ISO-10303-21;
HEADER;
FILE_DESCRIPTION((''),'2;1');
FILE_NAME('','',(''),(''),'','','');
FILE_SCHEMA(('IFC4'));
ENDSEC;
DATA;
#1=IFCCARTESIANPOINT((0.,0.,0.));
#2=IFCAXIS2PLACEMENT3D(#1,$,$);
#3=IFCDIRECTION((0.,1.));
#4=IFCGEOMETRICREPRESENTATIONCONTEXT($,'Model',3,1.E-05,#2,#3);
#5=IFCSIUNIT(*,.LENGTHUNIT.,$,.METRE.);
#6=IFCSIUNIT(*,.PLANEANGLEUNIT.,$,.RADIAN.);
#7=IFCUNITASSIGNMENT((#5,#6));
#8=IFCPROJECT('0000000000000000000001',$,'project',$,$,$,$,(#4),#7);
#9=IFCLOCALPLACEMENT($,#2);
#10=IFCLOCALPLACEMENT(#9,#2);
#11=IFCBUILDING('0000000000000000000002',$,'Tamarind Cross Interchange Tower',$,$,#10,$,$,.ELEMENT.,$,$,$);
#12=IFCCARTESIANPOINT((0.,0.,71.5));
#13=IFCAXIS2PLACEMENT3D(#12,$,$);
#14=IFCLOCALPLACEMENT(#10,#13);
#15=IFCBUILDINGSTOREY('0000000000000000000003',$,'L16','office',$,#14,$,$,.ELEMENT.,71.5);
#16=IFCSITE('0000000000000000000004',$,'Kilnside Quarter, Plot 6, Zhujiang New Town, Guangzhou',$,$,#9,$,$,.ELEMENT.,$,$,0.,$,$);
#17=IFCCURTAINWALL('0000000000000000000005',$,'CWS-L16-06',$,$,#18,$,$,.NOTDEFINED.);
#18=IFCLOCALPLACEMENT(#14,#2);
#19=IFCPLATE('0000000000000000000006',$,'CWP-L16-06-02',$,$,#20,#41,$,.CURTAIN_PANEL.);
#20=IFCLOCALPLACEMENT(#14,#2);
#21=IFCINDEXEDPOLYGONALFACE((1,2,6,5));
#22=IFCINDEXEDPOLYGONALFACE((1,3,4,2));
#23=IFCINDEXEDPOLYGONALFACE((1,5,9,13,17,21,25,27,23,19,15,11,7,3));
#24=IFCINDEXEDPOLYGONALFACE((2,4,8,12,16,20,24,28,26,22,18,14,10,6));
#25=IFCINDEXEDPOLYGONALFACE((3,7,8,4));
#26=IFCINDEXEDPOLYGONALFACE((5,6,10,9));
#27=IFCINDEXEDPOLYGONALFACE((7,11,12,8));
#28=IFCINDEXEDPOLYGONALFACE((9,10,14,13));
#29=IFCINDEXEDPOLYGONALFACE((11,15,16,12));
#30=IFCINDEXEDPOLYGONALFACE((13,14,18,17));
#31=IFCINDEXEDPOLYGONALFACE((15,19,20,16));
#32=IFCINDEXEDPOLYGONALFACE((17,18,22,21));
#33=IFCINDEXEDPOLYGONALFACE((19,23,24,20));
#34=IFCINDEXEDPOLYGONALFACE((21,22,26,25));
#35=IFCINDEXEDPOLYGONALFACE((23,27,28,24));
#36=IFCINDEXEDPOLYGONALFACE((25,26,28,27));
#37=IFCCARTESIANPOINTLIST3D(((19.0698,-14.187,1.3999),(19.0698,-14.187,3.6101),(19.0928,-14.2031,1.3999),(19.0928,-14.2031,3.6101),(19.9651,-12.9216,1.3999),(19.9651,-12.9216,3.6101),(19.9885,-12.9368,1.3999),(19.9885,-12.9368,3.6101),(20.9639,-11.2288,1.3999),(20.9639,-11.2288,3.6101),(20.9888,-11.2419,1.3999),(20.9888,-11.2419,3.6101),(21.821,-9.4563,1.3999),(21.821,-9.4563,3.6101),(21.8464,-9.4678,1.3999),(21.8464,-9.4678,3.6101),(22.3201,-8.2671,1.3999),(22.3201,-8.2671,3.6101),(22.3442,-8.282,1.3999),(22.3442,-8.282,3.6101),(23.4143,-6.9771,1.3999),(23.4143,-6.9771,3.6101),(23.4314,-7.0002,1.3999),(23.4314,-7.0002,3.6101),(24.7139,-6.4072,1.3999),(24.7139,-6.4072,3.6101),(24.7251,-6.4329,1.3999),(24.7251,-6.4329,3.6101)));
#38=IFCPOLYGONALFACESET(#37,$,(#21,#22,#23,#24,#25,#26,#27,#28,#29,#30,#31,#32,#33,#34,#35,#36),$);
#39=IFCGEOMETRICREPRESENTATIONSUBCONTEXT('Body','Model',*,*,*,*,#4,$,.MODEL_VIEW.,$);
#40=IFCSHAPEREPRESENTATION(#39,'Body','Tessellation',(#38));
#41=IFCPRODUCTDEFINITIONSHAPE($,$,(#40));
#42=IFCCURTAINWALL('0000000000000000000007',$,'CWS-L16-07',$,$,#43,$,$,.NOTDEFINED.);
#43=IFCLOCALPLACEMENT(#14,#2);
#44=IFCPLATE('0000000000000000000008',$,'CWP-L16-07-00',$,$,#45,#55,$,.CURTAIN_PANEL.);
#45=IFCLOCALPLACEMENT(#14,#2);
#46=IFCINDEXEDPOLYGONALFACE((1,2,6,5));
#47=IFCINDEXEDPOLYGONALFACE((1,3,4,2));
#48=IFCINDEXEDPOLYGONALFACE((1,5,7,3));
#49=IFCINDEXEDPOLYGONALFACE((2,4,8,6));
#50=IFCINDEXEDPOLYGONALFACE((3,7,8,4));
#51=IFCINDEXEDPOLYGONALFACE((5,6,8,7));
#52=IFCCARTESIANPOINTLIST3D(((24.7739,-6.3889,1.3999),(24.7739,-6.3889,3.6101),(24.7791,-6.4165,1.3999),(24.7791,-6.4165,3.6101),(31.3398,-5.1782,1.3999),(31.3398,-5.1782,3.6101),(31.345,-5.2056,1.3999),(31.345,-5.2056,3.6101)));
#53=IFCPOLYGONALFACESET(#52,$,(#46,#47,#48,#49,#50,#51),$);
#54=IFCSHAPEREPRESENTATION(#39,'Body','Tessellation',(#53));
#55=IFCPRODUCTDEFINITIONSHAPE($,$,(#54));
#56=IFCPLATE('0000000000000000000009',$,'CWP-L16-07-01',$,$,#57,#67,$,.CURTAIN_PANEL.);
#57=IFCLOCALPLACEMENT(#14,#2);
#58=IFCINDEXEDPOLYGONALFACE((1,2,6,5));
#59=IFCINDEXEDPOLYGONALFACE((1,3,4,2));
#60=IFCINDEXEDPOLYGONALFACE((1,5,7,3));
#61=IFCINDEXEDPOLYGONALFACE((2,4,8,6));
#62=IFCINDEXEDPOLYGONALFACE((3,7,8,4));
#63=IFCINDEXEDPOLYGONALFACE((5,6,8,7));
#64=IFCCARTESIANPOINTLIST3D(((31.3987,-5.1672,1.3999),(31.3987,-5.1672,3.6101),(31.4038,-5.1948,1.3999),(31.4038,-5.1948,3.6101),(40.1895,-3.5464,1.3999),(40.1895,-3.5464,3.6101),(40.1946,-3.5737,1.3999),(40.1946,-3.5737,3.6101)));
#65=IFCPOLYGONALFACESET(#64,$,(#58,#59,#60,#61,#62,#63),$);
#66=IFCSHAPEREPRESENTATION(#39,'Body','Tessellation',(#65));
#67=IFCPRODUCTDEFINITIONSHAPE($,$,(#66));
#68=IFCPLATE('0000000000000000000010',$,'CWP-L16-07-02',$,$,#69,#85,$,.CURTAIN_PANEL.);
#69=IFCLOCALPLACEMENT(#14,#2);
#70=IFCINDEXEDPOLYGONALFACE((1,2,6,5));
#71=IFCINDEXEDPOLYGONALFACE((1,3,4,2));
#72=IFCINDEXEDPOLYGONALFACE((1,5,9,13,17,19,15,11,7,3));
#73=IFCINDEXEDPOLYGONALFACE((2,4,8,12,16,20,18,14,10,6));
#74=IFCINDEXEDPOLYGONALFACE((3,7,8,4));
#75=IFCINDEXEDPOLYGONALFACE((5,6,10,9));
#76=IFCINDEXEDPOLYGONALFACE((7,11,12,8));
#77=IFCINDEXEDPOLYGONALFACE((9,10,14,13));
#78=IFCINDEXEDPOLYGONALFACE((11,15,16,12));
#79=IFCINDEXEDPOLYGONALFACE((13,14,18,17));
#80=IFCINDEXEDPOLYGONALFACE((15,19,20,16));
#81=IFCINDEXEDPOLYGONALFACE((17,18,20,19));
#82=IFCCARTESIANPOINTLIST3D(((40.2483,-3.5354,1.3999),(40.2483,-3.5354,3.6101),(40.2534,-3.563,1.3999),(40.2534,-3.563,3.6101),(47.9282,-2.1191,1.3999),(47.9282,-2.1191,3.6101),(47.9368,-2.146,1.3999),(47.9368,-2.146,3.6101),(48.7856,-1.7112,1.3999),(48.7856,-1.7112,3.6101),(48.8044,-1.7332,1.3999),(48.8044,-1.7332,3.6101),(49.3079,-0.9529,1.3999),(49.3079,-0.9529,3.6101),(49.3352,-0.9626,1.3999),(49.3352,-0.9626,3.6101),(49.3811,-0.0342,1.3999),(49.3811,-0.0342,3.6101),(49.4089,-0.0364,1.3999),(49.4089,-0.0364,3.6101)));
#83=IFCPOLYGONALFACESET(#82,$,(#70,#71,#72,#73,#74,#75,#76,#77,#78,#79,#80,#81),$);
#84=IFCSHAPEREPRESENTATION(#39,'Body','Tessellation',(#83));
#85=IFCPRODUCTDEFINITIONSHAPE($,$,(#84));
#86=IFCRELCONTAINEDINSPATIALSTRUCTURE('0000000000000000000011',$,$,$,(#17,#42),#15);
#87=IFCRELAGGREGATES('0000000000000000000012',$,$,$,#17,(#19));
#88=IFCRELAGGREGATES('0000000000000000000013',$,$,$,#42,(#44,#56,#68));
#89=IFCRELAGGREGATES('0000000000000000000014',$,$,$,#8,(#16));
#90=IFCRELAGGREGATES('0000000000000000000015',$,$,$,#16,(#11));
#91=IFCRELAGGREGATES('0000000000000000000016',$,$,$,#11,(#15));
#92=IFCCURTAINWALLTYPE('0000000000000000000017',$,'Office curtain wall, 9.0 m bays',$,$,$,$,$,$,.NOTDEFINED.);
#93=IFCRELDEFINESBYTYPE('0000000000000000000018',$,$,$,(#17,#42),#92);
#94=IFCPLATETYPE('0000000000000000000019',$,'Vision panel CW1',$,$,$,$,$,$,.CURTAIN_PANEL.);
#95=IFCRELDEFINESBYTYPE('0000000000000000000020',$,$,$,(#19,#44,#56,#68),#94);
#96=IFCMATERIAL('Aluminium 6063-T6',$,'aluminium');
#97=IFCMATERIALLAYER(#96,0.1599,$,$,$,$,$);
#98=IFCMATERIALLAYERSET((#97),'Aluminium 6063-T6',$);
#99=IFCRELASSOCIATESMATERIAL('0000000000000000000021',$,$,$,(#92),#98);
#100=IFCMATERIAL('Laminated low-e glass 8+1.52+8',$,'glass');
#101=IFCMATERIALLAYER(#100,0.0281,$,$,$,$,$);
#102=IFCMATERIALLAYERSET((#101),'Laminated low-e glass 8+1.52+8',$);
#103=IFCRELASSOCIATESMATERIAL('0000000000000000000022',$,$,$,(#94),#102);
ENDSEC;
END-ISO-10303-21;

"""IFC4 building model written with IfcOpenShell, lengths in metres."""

from ifc_helpers import new_model, si_unit, direction, frame, origin, place, context, subcontext, project, spatial, polyline, outline, extrude, material, layer, layer_set, type_object, element, aggregate, save


model = new_model("IFC4")

# Units and contexts
model_context = context("Model", 3, precision=1e-05, world=origin(), true_north=direction((0.0, 1.0)))
body_context = subcontext(model_context, "Body", "Model", "MODEL_VIEW")
ifc_project = project(units=[si_unit("LENGTHUNIT", "METRE"), si_unit("PLANEANGLEUNIT", "RADIAN")], contexts=[model_context])

# Site, building, storey
site_placement = place(None, origin())
site = spatial("IfcSite", under=ifc_project, at=site_placement, Name="Kilnside Quarter, Plot 6, Zhujiang New Town, Guangzhou", CompositionType="ELEMENT", RefElevation=0.0)
building_placement = place(site_placement, origin())
building = spatial("IfcBuilding", under=site, at=building_placement, Name="Tamarind Cross Interchange Tower", CompositionType="ELEMENT")
storey_placement = place(building_placement, frame((0.0, 0.0, 71.5)))
storey = spatial("IfcBuildingStorey", under=building, at=storey_placement, Name="L16", Description="office", CompositionType="ELEMENT", Elevation=71.5)

# Curtain wall
ifc_material_1 = material(Name="Aluminium 6063-T6", Category="aluminium")
ifc_layer_1 = layer(ifc_material_1, 0.1599)
ifc_layer_set_1 = layer_set([ifc_layer_1], Name="Aluminium 6063-T6")
curtain_wall_type = type_object("IfcCurtainWallType", Name="Office curtain wall, 9.0 m bays", PredefinedType="NOTDEFINED", material=ifc_layer_set_1)
curtain_wall_1_placement = place(storey_placement, origin())
curtain_wall_1 = element("IfcCurtainWall", 1, at=curtain_wall_1_placement, inside=storey, type_object=curtain_wall_type, Name="CWS-L16-06", PredefinedType="NOTDEFINED")

# Plate
ifc_material_2 = material(Name="Laminated low-e glass 8+1.52+8", Category="glass")
ifc_layer_2 = layer(ifc_material_2, 0.0281)
ifc_layer_set_2 = layer_set([ifc_layer_2], Name="Laminated low-e glass 8+1.52+8")
plate_type = type_object("IfcPlateType", Name="Vision panel CW1", PredefinedType="CURTAIN_PANEL", material=ifc_layer_set_2)
plate_1_placement = place(storey_placement, frame((0.0, 0.0, 1.3999)))
plate_1 = element("IfcPlate", 2, at=plate_1_placement, type_object=plate_type, Name="CWP-L16-06-02", PredefinedType="CURTAIN_PANEL", context=body_context, shape_type="SweptSolid", body=[
    extrude(outline(polyline([(19.0698, -14.187), (19.9651, -12.9216), (20.9639, -11.2288), (21.821, -9.4563), (22.3201, -8.2671), (23.4143, -6.9771), (24.7139, -6.4072), (24.7251, -6.4329), (23.4314, -7.0002), (22.3442, -8.282), (21.8464, -9.4678), (20.9888, -11.2419), (19.9885, -12.9368), (19.0928, -14.2031), (19.0698, -14.187)])), origin(), (0.0, 0.0, 1.0), 2.2102),
])
aggregate(curtain_wall_1, [plate_1])

# Curtain wall, plates
curtain_wall_2_placement = place(storey_placement, origin())
curtain_wall_2 = element("IfcCurtainWall", 3, at=curtain_wall_2_placement, inside=storey, type_object=curtain_wall_type, Name="CWS-L16-07", PredefinedType="NOTDEFINED")
plate_2_placement = place(storey_placement, frame((0.0, 0.0, 1.3999)))
plate_2 = element("IfcPlate", 4, at=plate_2_placement, type_object=plate_type, Name="CWP-L16-07-00", PredefinedType="CURTAIN_PANEL", context=body_context, shape_type="SweptSolid", body=[
    extrude(outline(polyline([(24.7739, -6.3889), (31.3398, -5.1782), (31.345, -5.2056), (24.7791, -6.4165), (24.7739, -6.3889)])), origin(), (0.0, 0.0, 1.0), 2.2102),
])
plate_3_placement = place(storey_placement, frame((0.0, 0.0, 1.3999)))
plate_3 = element("IfcPlate", 5, at=plate_3_placement, type_object=plate_type, Name="CWP-L16-07-01", PredefinedType="CURTAIN_PANEL", context=body_context, shape_type="SweptSolid", body=[
    extrude(outline(polyline([(31.3987, -5.1672), (40.1895, -3.5464), (40.1946, -3.5737), (31.4038, -5.1948), (31.3987, -5.1672)])), origin(), (0.0, 0.0, 1.0), 2.2102),
])
plate_4_placement = place(storey_placement, frame((0.0, 0.0, 1.3999)))
plate_4 = element("IfcPlate", 6, at=plate_4_placement, type_object=plate_type, Name="CWP-L16-07-02", PredefinedType="CURTAIN_PANEL", context=body_context, shape_type="SweptSolid", body=[
    extrude(outline(polyline([(40.2483, -3.5354), (47.9282, -2.1191), (48.7856, -1.7112), (49.3079, -0.9529), (49.3811, -0.0342), (49.4089, -0.0364), (49.3352, -0.9626), (48.8044, -1.7332), (47.9368, -2.146), (40.2534, -3.563), (40.2483, -3.5354)])), origin(), (0.0, 0.0, 1.0), 2.2102),
])
aggregate(curtain_wall_2, [plate_2, plate_3, plate_4])

save(model, "model.ifc")
